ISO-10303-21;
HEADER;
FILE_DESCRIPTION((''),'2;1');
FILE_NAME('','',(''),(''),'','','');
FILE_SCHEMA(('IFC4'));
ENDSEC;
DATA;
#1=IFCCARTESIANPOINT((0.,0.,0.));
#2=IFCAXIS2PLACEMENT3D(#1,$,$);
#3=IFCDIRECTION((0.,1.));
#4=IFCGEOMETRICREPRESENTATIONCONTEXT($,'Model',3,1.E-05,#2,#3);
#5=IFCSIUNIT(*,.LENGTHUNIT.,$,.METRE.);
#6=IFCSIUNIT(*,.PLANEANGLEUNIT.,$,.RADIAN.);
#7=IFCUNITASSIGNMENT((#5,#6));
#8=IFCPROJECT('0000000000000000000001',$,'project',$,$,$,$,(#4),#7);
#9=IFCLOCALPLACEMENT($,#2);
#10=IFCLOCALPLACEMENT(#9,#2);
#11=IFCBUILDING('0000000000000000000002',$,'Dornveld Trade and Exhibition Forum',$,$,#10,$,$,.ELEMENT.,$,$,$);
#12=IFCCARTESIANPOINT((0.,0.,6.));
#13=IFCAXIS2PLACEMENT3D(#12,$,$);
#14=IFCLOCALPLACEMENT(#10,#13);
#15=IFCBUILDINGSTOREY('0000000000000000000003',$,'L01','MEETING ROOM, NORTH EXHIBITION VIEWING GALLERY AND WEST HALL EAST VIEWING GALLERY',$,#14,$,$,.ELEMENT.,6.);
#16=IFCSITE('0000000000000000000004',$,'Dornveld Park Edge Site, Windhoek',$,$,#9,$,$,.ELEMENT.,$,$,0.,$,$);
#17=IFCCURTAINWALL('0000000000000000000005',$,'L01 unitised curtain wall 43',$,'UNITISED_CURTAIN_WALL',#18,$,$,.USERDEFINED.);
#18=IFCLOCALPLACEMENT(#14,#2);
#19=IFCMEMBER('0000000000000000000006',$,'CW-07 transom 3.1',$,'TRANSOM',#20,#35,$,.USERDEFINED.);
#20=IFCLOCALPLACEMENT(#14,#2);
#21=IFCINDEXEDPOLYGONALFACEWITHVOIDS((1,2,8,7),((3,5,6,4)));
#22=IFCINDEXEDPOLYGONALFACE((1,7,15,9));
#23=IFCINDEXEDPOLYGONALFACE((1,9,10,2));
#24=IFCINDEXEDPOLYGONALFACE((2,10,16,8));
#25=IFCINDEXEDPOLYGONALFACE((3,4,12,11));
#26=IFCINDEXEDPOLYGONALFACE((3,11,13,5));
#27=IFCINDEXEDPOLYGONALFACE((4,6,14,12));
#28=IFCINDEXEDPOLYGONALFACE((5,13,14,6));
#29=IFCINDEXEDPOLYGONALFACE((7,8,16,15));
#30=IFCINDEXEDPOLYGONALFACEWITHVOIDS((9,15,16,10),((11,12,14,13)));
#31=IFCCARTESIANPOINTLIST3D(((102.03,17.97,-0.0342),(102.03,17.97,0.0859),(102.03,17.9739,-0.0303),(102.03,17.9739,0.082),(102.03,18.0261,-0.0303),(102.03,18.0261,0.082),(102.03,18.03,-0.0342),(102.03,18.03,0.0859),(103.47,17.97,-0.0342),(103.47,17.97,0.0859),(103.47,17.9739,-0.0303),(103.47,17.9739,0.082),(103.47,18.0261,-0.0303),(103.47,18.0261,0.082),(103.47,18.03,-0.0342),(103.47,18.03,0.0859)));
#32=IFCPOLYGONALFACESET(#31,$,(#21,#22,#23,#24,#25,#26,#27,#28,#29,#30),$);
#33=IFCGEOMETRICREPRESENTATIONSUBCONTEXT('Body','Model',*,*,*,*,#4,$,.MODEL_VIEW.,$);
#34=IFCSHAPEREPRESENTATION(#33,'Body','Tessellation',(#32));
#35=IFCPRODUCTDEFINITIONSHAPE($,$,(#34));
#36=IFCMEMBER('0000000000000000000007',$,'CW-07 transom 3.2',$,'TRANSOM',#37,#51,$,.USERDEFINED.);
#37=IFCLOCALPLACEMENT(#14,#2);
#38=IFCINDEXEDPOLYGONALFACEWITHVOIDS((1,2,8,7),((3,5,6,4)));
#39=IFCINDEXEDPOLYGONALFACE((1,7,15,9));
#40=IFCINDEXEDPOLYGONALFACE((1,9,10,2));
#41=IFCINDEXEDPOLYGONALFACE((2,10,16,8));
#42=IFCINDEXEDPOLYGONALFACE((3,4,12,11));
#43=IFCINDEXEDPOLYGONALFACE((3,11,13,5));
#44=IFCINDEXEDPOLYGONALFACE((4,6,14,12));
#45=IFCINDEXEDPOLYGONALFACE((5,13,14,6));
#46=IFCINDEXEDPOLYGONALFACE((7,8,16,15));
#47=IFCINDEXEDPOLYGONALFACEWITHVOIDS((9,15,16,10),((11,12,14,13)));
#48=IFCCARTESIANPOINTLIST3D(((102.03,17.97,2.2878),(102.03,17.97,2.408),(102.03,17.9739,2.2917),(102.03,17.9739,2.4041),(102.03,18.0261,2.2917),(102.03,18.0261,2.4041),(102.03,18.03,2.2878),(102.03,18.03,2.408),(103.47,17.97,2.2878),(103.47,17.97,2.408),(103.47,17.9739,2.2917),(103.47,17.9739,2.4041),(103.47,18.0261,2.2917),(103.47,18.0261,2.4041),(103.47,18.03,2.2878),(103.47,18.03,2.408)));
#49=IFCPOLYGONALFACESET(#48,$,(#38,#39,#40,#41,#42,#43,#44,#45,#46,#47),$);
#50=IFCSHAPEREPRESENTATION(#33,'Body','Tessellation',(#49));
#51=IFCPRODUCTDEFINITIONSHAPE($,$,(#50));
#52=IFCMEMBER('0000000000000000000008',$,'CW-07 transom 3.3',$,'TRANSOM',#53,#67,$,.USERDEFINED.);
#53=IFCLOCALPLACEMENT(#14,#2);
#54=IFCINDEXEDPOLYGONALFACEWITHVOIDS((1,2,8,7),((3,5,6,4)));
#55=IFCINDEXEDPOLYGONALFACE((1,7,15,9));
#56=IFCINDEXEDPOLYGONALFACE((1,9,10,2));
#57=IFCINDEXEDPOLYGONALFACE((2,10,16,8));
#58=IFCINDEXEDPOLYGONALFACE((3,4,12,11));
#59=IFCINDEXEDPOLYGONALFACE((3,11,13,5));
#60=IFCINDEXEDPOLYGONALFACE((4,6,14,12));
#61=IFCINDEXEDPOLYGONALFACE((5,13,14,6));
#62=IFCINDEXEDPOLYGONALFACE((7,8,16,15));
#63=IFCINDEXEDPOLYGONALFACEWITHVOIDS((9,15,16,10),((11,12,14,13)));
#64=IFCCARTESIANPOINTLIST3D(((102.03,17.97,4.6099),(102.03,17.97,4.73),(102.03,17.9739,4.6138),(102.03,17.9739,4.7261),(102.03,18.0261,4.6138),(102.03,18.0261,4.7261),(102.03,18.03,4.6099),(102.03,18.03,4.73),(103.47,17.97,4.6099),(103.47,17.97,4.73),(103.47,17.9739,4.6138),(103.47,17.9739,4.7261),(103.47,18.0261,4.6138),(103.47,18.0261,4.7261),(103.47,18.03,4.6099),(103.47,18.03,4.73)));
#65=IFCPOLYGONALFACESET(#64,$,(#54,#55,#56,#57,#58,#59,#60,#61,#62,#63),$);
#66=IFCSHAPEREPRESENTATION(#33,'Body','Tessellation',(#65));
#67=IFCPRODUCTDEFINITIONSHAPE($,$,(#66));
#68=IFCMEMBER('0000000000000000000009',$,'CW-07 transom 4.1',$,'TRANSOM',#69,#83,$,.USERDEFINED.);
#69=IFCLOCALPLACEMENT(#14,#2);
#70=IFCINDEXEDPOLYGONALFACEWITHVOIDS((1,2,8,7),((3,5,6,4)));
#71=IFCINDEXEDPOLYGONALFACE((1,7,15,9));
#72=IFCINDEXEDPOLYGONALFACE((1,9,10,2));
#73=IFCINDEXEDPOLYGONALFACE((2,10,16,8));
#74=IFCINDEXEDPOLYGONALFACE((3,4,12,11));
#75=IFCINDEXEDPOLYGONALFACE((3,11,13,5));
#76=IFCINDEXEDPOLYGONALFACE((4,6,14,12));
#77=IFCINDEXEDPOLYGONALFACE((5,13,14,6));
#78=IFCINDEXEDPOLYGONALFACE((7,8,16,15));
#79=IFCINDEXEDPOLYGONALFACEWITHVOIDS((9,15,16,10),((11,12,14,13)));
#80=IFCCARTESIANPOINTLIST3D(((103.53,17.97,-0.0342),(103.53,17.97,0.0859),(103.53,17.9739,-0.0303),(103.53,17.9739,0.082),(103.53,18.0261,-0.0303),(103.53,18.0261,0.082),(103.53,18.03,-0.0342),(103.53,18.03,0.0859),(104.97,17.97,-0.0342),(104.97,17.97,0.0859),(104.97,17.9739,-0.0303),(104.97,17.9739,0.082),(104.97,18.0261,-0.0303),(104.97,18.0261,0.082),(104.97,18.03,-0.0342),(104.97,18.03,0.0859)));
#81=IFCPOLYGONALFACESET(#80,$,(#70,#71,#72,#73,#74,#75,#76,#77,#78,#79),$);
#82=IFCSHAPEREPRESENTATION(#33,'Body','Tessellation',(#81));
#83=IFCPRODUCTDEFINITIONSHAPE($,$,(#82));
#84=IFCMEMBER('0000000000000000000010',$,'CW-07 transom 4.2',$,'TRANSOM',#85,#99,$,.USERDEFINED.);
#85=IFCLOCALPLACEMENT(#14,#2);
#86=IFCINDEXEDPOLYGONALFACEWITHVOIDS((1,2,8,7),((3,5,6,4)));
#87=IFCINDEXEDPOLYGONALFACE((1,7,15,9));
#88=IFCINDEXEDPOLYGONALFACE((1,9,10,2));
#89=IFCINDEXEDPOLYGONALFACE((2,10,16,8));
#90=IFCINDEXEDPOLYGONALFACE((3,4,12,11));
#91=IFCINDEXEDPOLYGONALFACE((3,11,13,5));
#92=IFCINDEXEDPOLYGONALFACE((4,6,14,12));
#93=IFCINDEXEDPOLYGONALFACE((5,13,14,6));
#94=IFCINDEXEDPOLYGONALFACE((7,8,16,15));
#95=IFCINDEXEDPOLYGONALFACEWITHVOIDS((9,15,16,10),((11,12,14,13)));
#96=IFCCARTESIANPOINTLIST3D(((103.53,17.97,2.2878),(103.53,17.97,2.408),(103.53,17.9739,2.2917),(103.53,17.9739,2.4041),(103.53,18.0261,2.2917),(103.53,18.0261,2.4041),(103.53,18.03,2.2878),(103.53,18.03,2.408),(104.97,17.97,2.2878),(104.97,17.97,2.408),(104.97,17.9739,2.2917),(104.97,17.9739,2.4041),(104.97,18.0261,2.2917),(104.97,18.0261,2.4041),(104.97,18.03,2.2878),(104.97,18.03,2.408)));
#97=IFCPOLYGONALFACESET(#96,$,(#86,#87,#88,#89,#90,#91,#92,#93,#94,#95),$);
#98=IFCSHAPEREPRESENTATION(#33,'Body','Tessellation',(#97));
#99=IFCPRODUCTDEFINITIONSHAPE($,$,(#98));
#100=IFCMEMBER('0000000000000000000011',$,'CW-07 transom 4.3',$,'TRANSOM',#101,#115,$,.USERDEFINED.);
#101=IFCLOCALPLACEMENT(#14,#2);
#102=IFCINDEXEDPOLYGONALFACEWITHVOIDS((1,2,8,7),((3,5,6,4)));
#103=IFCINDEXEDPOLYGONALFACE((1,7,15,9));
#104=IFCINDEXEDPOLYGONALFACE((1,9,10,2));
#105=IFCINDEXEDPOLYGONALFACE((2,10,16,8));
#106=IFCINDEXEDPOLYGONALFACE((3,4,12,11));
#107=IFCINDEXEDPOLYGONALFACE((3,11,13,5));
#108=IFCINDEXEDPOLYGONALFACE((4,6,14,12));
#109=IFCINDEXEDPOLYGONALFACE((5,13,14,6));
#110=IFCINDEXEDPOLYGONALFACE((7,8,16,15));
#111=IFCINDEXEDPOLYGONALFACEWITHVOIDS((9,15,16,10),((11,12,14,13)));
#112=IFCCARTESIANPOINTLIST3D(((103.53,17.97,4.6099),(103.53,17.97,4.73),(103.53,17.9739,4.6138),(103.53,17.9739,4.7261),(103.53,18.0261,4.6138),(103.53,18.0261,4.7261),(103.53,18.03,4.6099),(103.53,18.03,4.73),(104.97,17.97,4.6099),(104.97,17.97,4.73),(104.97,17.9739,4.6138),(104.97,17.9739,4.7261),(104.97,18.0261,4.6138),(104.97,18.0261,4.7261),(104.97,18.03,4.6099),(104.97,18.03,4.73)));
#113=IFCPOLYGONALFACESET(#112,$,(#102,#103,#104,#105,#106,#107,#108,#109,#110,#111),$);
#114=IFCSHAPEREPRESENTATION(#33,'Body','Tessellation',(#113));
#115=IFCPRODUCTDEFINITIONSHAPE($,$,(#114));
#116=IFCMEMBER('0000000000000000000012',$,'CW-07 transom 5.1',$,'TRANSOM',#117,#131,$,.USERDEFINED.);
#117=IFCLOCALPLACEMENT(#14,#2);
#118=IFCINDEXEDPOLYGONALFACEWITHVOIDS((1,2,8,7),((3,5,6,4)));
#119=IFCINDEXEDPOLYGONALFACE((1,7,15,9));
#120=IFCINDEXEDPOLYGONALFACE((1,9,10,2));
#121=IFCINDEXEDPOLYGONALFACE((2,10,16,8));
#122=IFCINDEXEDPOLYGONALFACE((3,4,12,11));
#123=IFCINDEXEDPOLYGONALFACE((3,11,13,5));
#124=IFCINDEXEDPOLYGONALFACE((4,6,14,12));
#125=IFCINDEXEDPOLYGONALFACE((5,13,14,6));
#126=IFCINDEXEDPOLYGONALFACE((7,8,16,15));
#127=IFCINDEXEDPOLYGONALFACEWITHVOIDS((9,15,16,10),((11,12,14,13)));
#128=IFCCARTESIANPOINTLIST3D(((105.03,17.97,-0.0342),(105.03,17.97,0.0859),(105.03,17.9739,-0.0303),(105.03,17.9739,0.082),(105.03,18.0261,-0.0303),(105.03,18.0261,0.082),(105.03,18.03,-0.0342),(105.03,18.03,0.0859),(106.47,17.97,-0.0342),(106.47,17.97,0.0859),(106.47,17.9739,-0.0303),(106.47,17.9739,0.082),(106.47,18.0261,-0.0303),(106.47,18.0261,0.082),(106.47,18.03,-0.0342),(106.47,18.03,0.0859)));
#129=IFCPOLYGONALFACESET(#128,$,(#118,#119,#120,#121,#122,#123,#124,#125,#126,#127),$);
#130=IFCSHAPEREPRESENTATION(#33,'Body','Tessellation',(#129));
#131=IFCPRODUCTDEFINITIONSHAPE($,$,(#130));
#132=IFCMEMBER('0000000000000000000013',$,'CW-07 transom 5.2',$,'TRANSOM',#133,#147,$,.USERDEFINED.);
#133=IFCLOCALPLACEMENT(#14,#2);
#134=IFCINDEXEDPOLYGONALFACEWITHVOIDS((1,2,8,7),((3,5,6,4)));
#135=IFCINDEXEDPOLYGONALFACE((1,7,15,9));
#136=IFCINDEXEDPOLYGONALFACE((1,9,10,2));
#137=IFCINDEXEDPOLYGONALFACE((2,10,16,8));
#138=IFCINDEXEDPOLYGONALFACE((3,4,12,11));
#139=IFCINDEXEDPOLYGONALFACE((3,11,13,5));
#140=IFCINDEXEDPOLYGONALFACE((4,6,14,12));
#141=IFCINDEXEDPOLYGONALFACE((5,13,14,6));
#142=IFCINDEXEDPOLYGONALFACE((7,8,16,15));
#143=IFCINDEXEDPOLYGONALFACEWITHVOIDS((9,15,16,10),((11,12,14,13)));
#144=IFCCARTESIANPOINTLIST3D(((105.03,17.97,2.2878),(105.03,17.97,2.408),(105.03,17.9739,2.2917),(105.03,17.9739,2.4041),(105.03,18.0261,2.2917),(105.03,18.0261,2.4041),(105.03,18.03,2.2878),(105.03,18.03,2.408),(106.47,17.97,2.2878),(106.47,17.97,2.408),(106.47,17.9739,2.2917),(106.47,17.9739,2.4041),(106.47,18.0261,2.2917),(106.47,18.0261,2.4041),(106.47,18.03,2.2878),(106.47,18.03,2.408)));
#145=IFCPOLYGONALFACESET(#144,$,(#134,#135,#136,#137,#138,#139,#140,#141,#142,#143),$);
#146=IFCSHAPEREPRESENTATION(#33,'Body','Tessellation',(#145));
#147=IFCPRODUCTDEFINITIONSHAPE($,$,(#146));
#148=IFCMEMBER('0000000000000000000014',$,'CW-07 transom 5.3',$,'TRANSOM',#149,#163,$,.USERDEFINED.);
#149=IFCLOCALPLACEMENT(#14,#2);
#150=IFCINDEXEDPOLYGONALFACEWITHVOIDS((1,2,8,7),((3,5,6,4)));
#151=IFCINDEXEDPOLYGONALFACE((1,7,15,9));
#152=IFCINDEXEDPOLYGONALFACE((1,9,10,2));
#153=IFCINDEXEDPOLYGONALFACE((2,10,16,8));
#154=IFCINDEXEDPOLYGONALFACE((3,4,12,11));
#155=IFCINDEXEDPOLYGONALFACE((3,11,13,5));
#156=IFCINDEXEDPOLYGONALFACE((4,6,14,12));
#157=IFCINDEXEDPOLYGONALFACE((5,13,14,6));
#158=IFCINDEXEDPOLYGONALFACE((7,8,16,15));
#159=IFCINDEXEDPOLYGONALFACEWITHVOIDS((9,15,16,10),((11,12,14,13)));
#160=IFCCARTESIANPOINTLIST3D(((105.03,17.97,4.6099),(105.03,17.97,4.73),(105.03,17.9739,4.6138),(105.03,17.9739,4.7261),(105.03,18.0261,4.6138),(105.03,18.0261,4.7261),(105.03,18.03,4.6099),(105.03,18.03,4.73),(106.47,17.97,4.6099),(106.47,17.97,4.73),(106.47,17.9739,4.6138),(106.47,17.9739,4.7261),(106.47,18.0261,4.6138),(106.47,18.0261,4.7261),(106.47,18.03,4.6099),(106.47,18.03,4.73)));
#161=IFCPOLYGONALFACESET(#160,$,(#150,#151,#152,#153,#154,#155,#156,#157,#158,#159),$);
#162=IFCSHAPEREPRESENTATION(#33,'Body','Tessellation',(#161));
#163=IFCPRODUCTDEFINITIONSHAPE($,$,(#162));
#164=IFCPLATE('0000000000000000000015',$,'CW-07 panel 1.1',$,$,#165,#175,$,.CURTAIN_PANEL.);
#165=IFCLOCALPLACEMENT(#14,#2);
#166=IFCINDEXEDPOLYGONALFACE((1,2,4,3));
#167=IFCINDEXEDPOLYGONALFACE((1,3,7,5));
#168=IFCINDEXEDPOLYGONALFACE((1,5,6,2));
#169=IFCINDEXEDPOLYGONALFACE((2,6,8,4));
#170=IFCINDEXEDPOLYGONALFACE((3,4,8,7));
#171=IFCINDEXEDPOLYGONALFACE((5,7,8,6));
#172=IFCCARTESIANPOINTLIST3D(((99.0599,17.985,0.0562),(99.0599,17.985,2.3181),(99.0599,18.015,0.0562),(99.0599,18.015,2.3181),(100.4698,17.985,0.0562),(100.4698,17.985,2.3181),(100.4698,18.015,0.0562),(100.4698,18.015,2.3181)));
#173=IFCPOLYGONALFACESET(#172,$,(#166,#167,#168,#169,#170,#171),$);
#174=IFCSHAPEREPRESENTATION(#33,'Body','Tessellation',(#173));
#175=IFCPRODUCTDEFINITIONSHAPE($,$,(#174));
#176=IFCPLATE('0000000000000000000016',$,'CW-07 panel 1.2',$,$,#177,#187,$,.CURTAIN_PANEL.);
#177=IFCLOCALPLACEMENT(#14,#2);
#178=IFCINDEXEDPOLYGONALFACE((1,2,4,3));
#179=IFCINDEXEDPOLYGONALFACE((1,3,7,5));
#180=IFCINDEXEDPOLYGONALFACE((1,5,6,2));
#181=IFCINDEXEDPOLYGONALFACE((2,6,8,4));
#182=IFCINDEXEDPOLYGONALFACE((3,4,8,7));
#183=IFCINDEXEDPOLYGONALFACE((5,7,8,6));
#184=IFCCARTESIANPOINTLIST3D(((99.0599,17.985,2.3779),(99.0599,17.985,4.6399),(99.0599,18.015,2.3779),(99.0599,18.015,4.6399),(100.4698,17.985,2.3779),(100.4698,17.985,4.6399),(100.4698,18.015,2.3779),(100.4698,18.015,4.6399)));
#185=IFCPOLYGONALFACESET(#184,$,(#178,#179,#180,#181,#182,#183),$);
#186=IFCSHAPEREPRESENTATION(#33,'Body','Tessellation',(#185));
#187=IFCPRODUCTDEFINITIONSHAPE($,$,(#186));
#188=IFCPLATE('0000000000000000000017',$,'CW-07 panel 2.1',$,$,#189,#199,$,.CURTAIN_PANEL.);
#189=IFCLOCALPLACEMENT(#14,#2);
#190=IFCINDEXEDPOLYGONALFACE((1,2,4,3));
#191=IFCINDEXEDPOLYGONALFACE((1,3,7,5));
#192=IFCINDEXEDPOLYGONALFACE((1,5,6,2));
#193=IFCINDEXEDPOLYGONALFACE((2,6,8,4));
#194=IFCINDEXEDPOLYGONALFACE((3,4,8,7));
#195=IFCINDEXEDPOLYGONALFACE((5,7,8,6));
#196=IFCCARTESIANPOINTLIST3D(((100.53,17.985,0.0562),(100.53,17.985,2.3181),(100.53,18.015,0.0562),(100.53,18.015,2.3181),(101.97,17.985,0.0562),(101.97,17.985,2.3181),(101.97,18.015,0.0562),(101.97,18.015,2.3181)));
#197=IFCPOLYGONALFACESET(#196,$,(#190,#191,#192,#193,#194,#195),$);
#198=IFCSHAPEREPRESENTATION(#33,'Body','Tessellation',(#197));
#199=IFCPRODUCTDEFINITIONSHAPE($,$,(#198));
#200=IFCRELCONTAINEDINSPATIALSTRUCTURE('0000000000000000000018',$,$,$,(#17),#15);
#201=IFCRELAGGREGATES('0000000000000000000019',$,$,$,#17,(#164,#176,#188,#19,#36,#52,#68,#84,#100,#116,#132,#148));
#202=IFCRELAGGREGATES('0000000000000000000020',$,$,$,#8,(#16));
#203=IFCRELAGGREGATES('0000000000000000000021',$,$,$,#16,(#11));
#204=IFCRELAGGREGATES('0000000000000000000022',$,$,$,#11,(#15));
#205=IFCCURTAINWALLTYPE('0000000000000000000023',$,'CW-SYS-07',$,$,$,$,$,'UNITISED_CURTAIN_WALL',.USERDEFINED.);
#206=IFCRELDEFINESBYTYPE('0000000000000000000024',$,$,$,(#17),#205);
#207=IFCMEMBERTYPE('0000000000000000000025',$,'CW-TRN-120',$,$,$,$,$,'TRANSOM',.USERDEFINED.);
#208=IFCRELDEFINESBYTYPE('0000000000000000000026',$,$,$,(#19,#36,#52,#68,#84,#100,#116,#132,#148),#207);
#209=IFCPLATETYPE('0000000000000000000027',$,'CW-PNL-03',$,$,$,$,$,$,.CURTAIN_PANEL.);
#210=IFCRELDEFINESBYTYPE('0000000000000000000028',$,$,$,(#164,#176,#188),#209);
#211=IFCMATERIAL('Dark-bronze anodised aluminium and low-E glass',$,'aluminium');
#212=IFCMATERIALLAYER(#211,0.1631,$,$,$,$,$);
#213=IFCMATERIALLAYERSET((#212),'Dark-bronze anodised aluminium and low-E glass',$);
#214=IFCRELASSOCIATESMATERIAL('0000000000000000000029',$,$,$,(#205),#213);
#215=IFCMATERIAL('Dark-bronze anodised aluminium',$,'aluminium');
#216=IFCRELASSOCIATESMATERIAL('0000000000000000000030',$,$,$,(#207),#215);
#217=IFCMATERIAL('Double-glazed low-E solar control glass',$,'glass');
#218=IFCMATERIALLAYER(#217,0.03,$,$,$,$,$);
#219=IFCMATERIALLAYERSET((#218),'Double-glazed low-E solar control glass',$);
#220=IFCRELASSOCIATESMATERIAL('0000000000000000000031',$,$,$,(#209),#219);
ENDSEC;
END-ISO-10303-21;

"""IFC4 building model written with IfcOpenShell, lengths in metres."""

from ifc_helpers import new_model, si_unit, direction, frame, origin, origin_2d, place, context, subcontext, project, spatial, rectangle, hollow_rectangle, extrude, material, layer, layer_set, material_profile, profile_set, type_object, element, aggregate, save


model = new_model("IFC4")

# Units and contexts
model_context = context("Model", 3, precision=1e-05, world=origin(), true_north=direction((0.0, 1.0)))
body_context = subcontext(model_context, "Body", "Model", "MODEL_VIEW")
ifc_project = project(units=[si_unit("LENGTHUNIT", "METRE"), si_unit("PLANEANGLEUNIT", "RADIAN")], contexts=[model_context])

# Site, building, storey
site_placement = place(None, origin())
site = spatial("IfcSite", under=ifc_project, at=site_placement, Name="Dornveld Park Edge Site, Windhoek", CompositionType="ELEMENT", RefElevation=0.0)
building_placement = place(site_placement, origin())
building = spatial("IfcBuilding", under=site, at=building_placement, Name="Dornveld Trade and Exhibition Forum", CompositionType="ELEMENT")
storey_placement = place(building_placement, frame((0.0, 0.0, 6.0)))
storey = spatial("IfcBuildingStorey", under=building, at=storey_placement, Name="L01", Description="MEETING ROOM, NORTH EXHIBITION VIEWING GALLERY AND WEST HALL EAST VIEWING GALLERY", CompositionType="ELEMENT", Elevation=6.0)

# Curtain wall, members, plates
ifc_material_1 = material(Name="Dark-bronze anodised aluminium and low-E glass", Category="aluminium")
ifc_layer_1 = layer(ifc_material_1, 0.1631)
ifc_layer_set_1 = layer_set([ifc_layer_1], Name="Dark-bronze anodised aluminium and low-E glass")
curtain_wall_type = type_object("IfcCurtainWallType", Name="CW-SYS-07", ElementType="UNITISED_CURTAIN_WALL", PredefinedType="USERDEFINED", material=ifc_layer_set_1)
curtain_wall_placement = place(storey_placement, origin())
curtain_wall = element("IfcCurtainWall", 1, at=curtain_wall_placement, inside=storey, type_object=curtain_wall_type, Name="L01 unitised curtain wall 43", ObjectType="UNITISED_CURTAIN_WALL", PredefinedType="USERDEFINED")
ifc_material_2 = material(Name="Dark-bronze anodised aluminium", Category="aluminium")
ifc_material_profile_1 = material_profile(ifc_material_2, hollow_rectangle(XDim=0.0601, YDim=0.1201, WallThickness=0.0039, at=origin_2d()), Name="RHS 120x60x4")
ifc_profile_set_1 = profile_set([ifc_material_profile_1], Name="Dark-bronze anodised aluminium")
member_type_1 = type_object("IfcMemberType", Name="CW-TRN-120", ElementType="TRANSOM", PredefinedType="USERDEFINED", material=ifc_profile_set_1)
member_1_placement = place(storey_placement, frame((102.03, 18.0, 0.0259), z_axis=(1.0, 0.0, 0.0), x_axis=(0.0, 1.0, 0.0)))
member_1 = element("IfcMember", 2, at=member_1_placement, type_object=member_type_1, Name="CW-07 transom 3.1", ObjectType="TRANSOM", PredefinedType="USERDEFINED", context=body_context, shape_type="SweptSolid", body=[
    extrude(hollow_rectangle(XDim=0.0601, YDim=0.1201, WallThickness=0.0039, at=origin_2d()), origin(), (0.0, 0.0, 1.0), 1.4399),
])
member_2_placement = place(storey_placement, frame((102.03, 18.0, 2.3479), z_axis=(1.0, 0.0, 0.0), x_axis=(0.0, 1.0, 0.0)))
member_2 = element("IfcMember", 3, at=member_2_placement, type_object=member_type_1, Name="CW-07 transom 3.2", ObjectType="TRANSOM", PredefinedType="USERDEFINED", context=body_context, shape_type="SweptSolid", body=[
    extrude(hollow_rectangle(XDim=0.0601, YDim=0.1201, WallThickness=0.0039, at=origin_2d()), origin(), (0.0, 0.0, 1.0), 1.4399),
])
member_3_placement = place(storey_placement, frame((102.03, 18.0, 4.6699), z_axis=(1.0, 0.0, 0.0), x_axis=(0.0, 1.0, 0.0)))
member_3 = element("IfcMember", 4, at=member_3_placement, type_object=member_type_1, Name="CW-07 transom 3.3", ObjectType="TRANSOM", PredefinedType="USERDEFINED", context=body_context, shape_type="SweptSolid", body=[
    extrude(hollow_rectangle(XDim=0.0601, YDim=0.1201, WallThickness=0.0039, at=origin_2d()), origin(), (0.0, 0.0, 1.0), 1.4399),
])
member_4_placement = place(storey_placement, frame((103.53, 18.0, 0.0259), z_axis=(1.0, 0.0, 0.0), x_axis=(0.0, 1.0, 0.0)))
member_4 = element("IfcMember", 5, at=member_4_placement, type_object=member_type_1, Name="CW-07 transom 4.1", ObjectType="TRANSOM", PredefinedType="USERDEFINED", context=body_context, shape_type="SweptSolid", body=[
    extrude(hollow_rectangle(XDim=0.0601, YDim=0.1201, WallThickness=0.0039, at=origin_2d()), origin(), (0.0, 0.0, 1.0), 1.4399),
])
member_5_placement = place(storey_placement, frame((103.53, 18.0, 2.3479), z_axis=(1.0, 0.0, 0.0), x_axis=(0.0, 1.0, 0.0)))
member_5 = element("IfcMember", 6, at=member_5_placement, type_object=member_type_1, Name="CW-07 transom 4.2", ObjectType="TRANSOM", PredefinedType="USERDEFINED", context=body_context, shape_type="SweptSolid", body=[
    extrude(hollow_rectangle(XDim=0.0601, YDim=0.1201, WallThickness=0.0039, at=origin_2d()), origin(), (0.0, 0.0, 1.0), 1.4399),
])
member_6_placement = place(storey_placement, frame((103.53, 18.0, 4.6699), z_axis=(1.0, 0.0, 0.0), x_axis=(0.0, 1.0, 0.0)))
member_6 = element("IfcMember", 7, at=member_6_placement, type_object=member_type_1, Name="CW-07 transom 4.3", ObjectType="TRANSOM", PredefinedType="USERDEFINED", context=body_context, shape_type="SweptSolid", body=[
    extrude(hollow_rectangle(XDim=0.0601, YDim=0.1201, WallThickness=0.0039, at=origin_2d()), origin(), (0.0, 0.0, 1.0), 1.4399),
])
member_7_placement = place(storey_placement, frame((105.03, 18.0, 0.0259), z_axis=(1.0, 0.0, 0.0), x_axis=(0.0, 1.0, 0.0)))
member_7 = element("IfcMember", 8, at=member_7_placement, type_object=member_type_1, Name="CW-07 transom 5.1", ObjectType="TRANSOM", PredefinedType="USERDEFINED", context=body_context, shape_type="SweptSolid", body=[
    extrude(hollow_rectangle(XDim=0.0601, YDim=0.1201, WallThickness=0.0039, at=origin_2d()), origin(), (0.0, 0.0, 1.0), 1.4399),
])
member_8_placement = place(storey_placement, frame((105.03, 18.0, 2.3479), z_axis=(1.0, 0.0, 0.0), x_axis=(0.0, 1.0, 0.0)))
member_8 = element("IfcMember", 9, at=member_8_placement, type_object=member_type_1, Name="CW-07 transom 5.2", ObjectType="TRANSOM", PredefinedType="USERDEFINED", context=body_context, shape_type="SweptSolid", body=[
    extrude(hollow_rectangle(XDim=0.0601, YDim=0.1201, WallThickness=0.0039, at=origin_2d()), origin(), (0.0, 0.0, 1.0), 1.4399),
])
member_9_placement = place(storey_placement, frame((105.03, 18.0, 4.6699), z_axis=(1.0, 0.0, 0.0), x_axis=(0.0, 1.0, 0.0)))
member_9 = element("IfcMember", 10, at=member_9_placement, type_object=member_type_1, Name="CW-07 transom 5.3", ObjectType="TRANSOM", PredefinedType="USERDEFINED", context=body_context, shape_type="SweptSolid", body=[
    extrude(hollow_rectangle(XDim=0.0601, YDim=0.1201, WallThickness=0.0039, at=origin_2d()), origin(), (0.0, 0.0, 1.0), 1.4399),
])
ifc_material_3 = material(Name="Double-glazed low-E solar control glass", Category="glass")
ifc_layer_2 = layer(ifc_material_3, 0.03)
ifc_layer_set_2 = layer_set([ifc_layer_2], Name="Double-glazed low-E solar control glass")
plate_type = type_object("IfcPlateType", Name="CW-PNL-03", PredefinedType="CURTAIN_PANEL", material=ifc_layer_set_2)
plate_1_placement = place(storey_placement, frame((99.7649, 18.0, 0.0562), z_axis=(0.0, 0.0, 1.0), x_axis=(1.0, 0.0, 0.0)))
plate_1 = element("IfcPlate", 11, at=plate_1_placement, type_object=plate_type, Name="CW-07 panel 1.1", PredefinedType="CURTAIN_PANEL", context=body_context, shape_type="SweptSolid", body=[
    extrude(rectangle(XDim=1.4099, YDim=0.03, at=origin_2d()), origin(), (0.0, 0.0, 1.0), 2.262),
])
plate_2_placement = place(storey_placement, frame((99.7649, 18.0, 2.3779), z_axis=(0.0, 0.0, 1.0), x_axis=(1.0, 0.0, 0.0)))
plate_2 = element("IfcPlate", 12, at=plate_2_placement, type_object=plate_type, Name="CW-07 panel 1.2", PredefinedType="CURTAIN_PANEL", context=body_context, shape_type="SweptSolid", body=[
    extrude(rectangle(XDim=1.4099, YDim=0.03, at=origin_2d()), origin(), (0.0, 0.0, 1.0), 2.262),
])
plate_3_placement = place(storey_placement, frame((101.25, 18.0, 0.0562), z_axis=(0.0, 0.0, 1.0), x_axis=(1.0, 0.0, 0.0)))
plate_3 = element("IfcPlate", 13, at=plate_3_placement, type_object=plate_type, Name="CW-07 panel 2.1", PredefinedType="CURTAIN_PANEL", context=body_context, shape_type="SweptSolid", body=[
    extrude(rectangle(XDim=1.4399, YDim=0.03, at=origin_2d()), origin(), (0.0, 0.0, 1.0), 2.262),
])
aggregate(curtain_wall, [plate_1, plate_2, plate_3, member_1, member_2, member_3, member_4, member_5, member_6, member_7, member_8, member_9])

save(model, "model.ifc")
